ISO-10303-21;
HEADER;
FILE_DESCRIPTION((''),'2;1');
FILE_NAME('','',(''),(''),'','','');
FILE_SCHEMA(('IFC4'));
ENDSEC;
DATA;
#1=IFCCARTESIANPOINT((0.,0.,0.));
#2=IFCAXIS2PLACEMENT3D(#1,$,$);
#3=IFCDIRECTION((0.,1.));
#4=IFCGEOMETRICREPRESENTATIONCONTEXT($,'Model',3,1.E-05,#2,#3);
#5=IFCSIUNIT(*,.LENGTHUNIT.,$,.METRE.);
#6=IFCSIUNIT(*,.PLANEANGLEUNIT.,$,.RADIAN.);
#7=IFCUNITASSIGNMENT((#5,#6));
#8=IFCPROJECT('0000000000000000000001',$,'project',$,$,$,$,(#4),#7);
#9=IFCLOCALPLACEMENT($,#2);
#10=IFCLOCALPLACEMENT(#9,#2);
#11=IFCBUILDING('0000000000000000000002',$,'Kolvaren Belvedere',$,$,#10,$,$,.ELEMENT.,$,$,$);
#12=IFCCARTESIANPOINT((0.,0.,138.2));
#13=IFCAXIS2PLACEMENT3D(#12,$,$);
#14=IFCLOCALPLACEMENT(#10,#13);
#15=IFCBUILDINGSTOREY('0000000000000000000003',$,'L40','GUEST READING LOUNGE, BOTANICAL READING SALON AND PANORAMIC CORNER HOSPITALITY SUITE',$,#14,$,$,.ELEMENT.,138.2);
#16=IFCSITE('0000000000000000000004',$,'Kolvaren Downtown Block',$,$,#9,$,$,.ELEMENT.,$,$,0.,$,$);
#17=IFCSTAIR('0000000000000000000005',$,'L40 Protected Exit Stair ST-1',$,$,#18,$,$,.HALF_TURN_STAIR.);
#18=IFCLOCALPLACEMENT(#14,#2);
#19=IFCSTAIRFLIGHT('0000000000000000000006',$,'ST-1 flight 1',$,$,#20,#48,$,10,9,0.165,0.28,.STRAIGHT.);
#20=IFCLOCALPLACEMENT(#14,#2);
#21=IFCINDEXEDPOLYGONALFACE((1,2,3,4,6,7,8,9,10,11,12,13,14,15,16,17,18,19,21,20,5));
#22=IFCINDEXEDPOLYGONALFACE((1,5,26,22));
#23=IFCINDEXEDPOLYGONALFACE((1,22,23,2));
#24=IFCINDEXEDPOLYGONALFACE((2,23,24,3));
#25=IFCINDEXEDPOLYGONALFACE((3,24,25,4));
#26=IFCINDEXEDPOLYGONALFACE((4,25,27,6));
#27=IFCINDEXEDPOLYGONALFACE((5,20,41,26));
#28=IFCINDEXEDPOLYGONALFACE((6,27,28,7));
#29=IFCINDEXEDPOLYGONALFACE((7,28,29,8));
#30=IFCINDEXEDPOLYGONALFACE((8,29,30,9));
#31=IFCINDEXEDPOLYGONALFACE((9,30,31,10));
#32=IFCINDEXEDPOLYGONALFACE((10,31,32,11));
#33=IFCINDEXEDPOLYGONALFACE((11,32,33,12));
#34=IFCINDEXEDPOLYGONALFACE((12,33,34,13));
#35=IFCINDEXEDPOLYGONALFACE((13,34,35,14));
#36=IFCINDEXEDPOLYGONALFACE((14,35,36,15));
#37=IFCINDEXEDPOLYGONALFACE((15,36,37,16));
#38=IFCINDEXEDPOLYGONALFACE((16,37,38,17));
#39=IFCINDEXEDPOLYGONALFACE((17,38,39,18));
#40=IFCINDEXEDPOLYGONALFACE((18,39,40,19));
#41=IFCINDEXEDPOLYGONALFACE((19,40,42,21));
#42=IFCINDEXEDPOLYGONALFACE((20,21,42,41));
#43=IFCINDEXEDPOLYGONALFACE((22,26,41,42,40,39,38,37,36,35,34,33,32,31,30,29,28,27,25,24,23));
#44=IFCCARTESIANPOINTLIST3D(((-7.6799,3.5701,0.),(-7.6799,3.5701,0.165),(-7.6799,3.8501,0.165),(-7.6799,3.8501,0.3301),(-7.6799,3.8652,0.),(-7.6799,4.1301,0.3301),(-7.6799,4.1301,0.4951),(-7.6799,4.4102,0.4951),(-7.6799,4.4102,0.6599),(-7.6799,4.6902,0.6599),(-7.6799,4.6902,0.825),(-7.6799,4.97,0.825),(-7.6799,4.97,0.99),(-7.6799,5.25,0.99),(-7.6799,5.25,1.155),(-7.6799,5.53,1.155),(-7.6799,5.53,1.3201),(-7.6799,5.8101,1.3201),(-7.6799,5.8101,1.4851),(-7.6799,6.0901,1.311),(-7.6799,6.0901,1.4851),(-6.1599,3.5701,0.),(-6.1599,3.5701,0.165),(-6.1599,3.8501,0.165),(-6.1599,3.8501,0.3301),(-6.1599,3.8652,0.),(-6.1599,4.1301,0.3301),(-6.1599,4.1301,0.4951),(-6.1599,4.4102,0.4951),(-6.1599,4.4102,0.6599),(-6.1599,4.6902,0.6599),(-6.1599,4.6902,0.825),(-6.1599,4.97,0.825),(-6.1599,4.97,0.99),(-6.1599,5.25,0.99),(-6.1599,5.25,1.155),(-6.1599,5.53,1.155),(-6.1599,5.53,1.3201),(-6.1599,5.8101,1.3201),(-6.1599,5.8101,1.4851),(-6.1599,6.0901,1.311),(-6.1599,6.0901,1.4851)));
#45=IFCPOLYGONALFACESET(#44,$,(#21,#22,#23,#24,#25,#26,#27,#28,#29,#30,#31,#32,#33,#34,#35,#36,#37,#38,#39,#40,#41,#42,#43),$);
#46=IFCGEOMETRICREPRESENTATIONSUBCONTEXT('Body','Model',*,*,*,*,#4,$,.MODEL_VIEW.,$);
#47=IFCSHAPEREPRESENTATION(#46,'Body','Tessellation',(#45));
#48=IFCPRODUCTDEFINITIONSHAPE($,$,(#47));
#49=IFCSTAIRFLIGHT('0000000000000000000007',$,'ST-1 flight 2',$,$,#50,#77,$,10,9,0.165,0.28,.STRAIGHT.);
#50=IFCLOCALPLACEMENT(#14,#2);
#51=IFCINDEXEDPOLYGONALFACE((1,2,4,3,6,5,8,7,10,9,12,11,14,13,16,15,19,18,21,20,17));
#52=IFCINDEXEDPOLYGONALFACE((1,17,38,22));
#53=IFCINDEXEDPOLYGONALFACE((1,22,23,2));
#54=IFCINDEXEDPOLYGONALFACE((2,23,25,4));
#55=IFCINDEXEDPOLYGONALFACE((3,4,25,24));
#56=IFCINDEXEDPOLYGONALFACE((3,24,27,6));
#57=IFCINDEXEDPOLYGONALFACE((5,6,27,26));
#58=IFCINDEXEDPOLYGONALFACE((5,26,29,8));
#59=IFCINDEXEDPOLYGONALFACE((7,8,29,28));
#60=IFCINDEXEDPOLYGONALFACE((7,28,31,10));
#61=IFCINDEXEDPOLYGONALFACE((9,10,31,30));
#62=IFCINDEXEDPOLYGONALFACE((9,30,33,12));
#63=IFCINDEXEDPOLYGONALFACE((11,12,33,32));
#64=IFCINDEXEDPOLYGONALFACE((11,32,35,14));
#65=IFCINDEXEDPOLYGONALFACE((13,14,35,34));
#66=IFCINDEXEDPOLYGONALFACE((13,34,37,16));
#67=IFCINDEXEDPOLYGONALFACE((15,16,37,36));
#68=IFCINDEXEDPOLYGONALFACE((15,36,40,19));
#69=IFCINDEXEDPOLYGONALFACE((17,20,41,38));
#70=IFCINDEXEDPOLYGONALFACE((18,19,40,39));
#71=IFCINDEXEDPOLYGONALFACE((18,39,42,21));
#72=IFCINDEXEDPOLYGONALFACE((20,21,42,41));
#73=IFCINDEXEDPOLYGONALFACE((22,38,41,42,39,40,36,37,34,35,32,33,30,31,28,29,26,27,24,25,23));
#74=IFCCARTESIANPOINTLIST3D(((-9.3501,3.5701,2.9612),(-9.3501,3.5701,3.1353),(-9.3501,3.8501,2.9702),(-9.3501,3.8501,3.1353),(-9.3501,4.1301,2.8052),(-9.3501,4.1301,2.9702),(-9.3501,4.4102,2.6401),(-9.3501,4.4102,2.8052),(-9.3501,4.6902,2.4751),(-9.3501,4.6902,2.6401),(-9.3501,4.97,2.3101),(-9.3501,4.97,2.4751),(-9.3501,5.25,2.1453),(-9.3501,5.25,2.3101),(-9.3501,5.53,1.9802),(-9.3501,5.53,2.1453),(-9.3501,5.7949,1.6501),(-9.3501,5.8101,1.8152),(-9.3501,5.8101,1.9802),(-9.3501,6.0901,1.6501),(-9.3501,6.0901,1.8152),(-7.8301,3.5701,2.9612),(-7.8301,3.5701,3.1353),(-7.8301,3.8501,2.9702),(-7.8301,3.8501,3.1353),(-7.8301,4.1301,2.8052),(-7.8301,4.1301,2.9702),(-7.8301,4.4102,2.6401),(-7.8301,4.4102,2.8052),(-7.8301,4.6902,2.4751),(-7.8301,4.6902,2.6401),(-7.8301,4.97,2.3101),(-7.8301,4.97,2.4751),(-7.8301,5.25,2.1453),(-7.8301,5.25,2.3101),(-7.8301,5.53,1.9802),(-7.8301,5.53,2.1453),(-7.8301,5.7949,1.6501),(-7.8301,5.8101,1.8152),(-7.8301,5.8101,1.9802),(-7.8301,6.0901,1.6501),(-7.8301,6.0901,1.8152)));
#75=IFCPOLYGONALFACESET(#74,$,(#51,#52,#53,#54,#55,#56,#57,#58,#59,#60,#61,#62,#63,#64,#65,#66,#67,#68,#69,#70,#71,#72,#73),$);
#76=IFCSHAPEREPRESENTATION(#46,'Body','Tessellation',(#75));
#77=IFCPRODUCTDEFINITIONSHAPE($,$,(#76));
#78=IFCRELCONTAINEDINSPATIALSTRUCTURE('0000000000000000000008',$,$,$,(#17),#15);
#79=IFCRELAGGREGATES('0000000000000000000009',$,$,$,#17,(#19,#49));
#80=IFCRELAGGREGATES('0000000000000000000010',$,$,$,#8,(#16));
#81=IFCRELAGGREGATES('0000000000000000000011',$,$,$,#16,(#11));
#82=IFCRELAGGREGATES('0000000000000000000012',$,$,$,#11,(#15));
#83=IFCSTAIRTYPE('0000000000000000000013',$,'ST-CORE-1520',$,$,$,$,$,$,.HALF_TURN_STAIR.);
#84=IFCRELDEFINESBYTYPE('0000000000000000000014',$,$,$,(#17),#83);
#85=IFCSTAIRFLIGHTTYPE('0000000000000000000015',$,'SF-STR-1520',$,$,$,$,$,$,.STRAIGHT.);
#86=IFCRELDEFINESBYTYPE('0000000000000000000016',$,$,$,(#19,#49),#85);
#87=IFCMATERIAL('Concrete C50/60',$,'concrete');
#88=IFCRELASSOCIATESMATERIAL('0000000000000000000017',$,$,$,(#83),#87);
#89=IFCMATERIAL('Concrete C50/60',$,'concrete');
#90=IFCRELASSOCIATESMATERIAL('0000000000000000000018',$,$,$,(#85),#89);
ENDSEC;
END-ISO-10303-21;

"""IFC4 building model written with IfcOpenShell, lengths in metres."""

from ifc_helpers import new_model, si_unit, direction, frame, origin, place, context, subcontext, project, spatial, polyline, outline, extrude, material, type_object, element, aggregate, save


model = new_model("IFC4")

# Units and contexts
model_context = context("Model", 3, precision=1e-05, world=origin(), true_north=direction((0.0, 1.0)))
body_context = subcontext(model_context, "Body", "Model", "MODEL_VIEW")
ifc_project = project(units=[si_unit("LENGTHUNIT", "METRE"), si_unit("PLANEANGLEUNIT", "RADIAN")], contexts=[model_context])

# Site, building, storey
site_placement = place(None, origin())
site = spatial("IfcSite", under=ifc_project, at=site_placement, Name="Kolvaren Downtown Block", CompositionType="ELEMENT", RefElevation=0.0)
building_placement = place(site_placement, origin())
building = spatial("IfcBuilding", under=site, at=building_placement, Name="Kolvaren Belvedere", CompositionType="ELEMENT")
storey_placement = place(building_placement, frame((0.0, 0.0, 138.2)))
storey = spatial("IfcBuildingStorey", under=building, at=storey_placement, Name="L40", Description="GUEST READING LOUNGE, BOTANICAL READING SALON AND PANORAMIC CORNER HOSPITALITY SUITE", CompositionType="ELEMENT", Elevation=138.2)

# Stair
ifc_material_1 = material(Name="Concrete C50/60", Category="concrete")
stair_type = type_object("IfcStairType", Name="ST-CORE-1520", PredefinedType="HALF_TURN_STAIR", material=ifc_material_1)
stair_1_placement = place(storey_placement, origin())
stair_1 = element("IfcStair", 1, at=stair_1_placement, inside=storey, type_object=stair_type, Name="L40 Protected Exit Stair ST-1", PredefinedType="HALF_TURN_STAIR")

# Stair flights
ifc_material_2 = material(Name="Concrete C50/60", Category="concrete")
stair_flight_type = type_object("IfcStairFlightType", Name="SF-STR-1520", PredefinedType="STRAIGHT", material=ifc_material_2)
stair_flight_1_placement = place(storey_placement, frame((-6.9199, 3.5701, 0.0), z_axis=(0.0, 0.0, 1.0), x_axis=(0.0, 1.0, 0.0)))
stair_flight_1 = element("IfcStairFlight", 2, at=stair_flight_1_placement, type_object=stair_flight_type, Name="ST-1 flight 1", NumberOfRisers=10, NumberOfTreads=9, PredefinedType="STRAIGHT", RiserHeight=0.165, TreadLength=0.28, context=body_context, shape_type="SweptSolid", body=[
    extrude(outline(polyline([(0.0, 0.0), (0.0, 0.165), (0.28, 0.165), (0.28, 0.3301), (0.5601, 0.3301), (0.5601, 0.4951), (0.8401, 0.4951), (0.8401, 0.6599), (1.1201, 0.6599), (1.1201, 0.825), (1.3999, 0.825), (1.3999, 0.99), (1.6799, 0.99), (1.6799, 1.155), (1.96, 1.155), (1.96, 1.3201), (2.24, 1.3201), (2.24, 1.4851), (2.52, 1.4851), (2.52, 1.6499), (2.52, 1.311), (0.2952, 0.0), (0.0, 0.0)])), frame((0.0, 0.76, 0.0), z_axis=(0.0, -1.0, 0.0), x_axis=(1.0, 0.0, 0.0)), (0.0, 0.0, 1.0), 1.52),
])
stair_flight_2_placement = place(storey_placement, frame((-8.5901, 6.0901, 1.6501), z_axis=(0.0, 0.0, 1.0), x_axis=(0.0, -1.0, 0.0)))
stair_flight_2 = element("IfcStairFlight", 3, at=stair_flight_2_placement, type_object=stair_flight_type, Name="ST-1 flight 2", NumberOfRisers=10, NumberOfTreads=9, PredefinedType="STRAIGHT", RiserHeight=0.165, TreadLength=0.28, context=body_context, shape_type="SweptSolid", body=[
    extrude(outline(polyline([(0.0, 0.0), (0.0, 0.165), (0.28, 0.165), (0.28, 0.3301), (0.5601, 0.3301), (0.5601, 0.4951), (0.8401, 0.4951), (0.8401, 0.6599), (1.1201, 0.6599), (1.1201, 0.825), (1.3999, 0.825), (1.3999, 0.99), (1.6799, 0.99), (1.6799, 1.155), (1.96, 1.155), (1.96, 1.3201), (2.24, 1.3201), (2.24, 1.4851), (2.52, 1.4851), (2.52, 1.6499), (2.52, 1.311), (0.2952, 0.0), (0.0, 0.0)])), frame((0.0, 0.76, 0.0), z_axis=(0.0, -1.0, 0.0), x_axis=(1.0, 0.0, 0.0)), (0.0, 0.0, 1.0), 1.52),
])
aggregate(stair_1, [stair_flight_1, stair_flight_2])

save(model, "model.ifc")
